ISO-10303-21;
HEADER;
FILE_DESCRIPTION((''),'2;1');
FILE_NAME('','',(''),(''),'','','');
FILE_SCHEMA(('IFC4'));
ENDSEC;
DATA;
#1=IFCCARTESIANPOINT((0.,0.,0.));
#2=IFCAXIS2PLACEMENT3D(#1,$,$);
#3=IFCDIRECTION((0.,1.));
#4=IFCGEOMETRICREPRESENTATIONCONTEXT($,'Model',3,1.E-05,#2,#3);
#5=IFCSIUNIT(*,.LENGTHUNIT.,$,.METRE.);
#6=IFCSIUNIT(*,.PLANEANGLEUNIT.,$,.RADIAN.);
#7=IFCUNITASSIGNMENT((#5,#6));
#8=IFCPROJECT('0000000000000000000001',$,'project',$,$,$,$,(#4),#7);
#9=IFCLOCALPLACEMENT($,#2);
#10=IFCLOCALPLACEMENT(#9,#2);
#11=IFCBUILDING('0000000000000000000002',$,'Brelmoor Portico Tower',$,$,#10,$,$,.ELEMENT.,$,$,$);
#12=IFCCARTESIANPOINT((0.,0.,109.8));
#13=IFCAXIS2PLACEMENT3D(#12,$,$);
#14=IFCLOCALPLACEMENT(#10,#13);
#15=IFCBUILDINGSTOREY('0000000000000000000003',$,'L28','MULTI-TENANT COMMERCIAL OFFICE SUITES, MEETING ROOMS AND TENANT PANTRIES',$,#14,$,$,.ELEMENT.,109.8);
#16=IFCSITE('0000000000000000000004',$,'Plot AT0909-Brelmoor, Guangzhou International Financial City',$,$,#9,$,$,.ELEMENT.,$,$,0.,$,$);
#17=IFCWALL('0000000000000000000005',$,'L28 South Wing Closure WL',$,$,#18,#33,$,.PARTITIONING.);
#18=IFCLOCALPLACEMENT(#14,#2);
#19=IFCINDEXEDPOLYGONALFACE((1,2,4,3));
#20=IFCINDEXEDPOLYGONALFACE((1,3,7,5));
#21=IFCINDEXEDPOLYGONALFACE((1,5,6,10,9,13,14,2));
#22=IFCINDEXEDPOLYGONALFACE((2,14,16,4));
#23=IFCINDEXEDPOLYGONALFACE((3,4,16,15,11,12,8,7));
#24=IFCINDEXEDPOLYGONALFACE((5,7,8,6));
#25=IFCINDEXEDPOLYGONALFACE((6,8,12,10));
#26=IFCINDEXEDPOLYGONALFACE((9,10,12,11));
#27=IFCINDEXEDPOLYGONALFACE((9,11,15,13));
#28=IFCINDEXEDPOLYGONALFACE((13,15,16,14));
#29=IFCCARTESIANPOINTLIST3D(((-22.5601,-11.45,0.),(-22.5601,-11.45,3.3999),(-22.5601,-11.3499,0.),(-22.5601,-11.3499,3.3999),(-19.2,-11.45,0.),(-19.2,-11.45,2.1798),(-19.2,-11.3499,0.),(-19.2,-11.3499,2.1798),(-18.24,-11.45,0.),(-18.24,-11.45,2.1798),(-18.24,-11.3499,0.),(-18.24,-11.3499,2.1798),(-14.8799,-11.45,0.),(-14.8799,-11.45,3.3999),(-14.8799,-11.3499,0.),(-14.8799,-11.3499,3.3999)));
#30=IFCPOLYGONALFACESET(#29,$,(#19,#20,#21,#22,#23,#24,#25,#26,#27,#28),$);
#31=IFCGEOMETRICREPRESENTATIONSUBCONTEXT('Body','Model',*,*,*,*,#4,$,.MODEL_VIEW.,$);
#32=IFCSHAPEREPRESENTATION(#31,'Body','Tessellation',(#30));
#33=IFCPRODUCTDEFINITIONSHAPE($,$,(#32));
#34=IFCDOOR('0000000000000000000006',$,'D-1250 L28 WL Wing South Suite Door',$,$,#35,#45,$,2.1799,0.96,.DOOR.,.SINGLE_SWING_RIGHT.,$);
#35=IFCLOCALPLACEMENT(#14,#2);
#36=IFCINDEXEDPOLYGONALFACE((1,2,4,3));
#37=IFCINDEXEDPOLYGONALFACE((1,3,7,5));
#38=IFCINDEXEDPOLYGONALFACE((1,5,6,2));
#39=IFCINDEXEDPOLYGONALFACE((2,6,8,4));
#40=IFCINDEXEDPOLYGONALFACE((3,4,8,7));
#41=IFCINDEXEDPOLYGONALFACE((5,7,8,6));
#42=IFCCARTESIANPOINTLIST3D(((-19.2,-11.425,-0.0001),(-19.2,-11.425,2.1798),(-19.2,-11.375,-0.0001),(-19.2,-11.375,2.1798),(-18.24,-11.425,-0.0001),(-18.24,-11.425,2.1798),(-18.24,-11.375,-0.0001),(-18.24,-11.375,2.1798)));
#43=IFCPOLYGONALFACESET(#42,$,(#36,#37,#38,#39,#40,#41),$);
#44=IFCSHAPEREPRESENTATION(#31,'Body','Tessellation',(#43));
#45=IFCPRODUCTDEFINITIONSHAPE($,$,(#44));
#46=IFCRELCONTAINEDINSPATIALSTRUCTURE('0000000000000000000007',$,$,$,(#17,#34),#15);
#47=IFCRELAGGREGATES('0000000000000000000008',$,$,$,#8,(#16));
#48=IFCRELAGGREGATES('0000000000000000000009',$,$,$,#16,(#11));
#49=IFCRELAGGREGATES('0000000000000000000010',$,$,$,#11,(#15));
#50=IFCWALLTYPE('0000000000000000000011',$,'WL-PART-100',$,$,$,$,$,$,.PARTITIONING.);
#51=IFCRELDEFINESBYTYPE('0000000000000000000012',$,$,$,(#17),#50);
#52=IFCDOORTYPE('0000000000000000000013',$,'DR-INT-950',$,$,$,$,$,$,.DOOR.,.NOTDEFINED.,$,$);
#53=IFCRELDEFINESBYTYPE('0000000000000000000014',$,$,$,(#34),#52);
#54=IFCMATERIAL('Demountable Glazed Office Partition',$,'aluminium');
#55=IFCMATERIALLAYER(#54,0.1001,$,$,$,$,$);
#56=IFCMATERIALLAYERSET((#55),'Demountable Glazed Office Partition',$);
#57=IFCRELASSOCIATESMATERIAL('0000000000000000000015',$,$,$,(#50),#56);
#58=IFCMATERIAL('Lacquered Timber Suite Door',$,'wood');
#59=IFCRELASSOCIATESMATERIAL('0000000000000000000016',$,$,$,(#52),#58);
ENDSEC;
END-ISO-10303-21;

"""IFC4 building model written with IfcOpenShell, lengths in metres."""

from ifc_helpers import new_model, si_unit, direction, frame, frame_2d, origin, place, context, subcontext, project, spatial, rectangle, extrude, material, layer, layer_set, type_object, element, fill, save


model = new_model("IFC4")

# Units and contexts
model_context = context("Model", 3, precision=1e-05, world=origin(), true_north=direction((0.0, 1.0)))
body_context = subcontext(model_context, "Body", "Model", "MODEL_VIEW")
ifc_project = project(units=[si_unit("LENGTHUNIT", "METRE"), si_unit("PLANEANGLEUNIT", "RADIAN")], contexts=[model_context])

# Site, building, storey
site_placement = place(None, origin())
site = spatial("IfcSite", under=ifc_project, at=site_placement, Name="Plot AT0909-Brelmoor, Guangzhou International Financial City", CompositionType="ELEMENT", RefElevation=0.0)
building_placement = place(site_placement, origin())
building = spatial("IfcBuilding", under=site, at=building_placement, Name="Brelmoor Portico Tower", CompositionType="ELEMENT")
storey_placement = place(building_placement, frame((0.0, 0.0, 109.8)))
storey = spatial("IfcBuildingStorey", under=building, at=storey_placement, Name="L28", Description="MULTI-TENANT COMMERCIAL OFFICE SUITES, MEETING ROOMS AND TENANT PANTRIES", CompositionType="ELEMENT", Elevation=109.8)

# Wall, opening, door
ifc_material_1 = material(Name="Demountable Glazed Office Partition", Category="aluminium")
ifc_layer_1 = layer(ifc_material_1, 0.1001)
ifc_layer_set_1 = layer_set([ifc_layer_1], Name="Demountable Glazed Office Partition")
wall_type_1 = type_object("IfcWallType", Name="WL-PART-100", PredefinedType="PARTITIONING", material=ifc_layer_set_1)
wall_1_placement = place(storey_placement, frame((-22.5601, -11.3999, 0.0), z_axis=(0.0, 0.0, 1.0), x_axis=(1.0, 0.0, 0.0)))
wall_1 = element("IfcWall", 1, at=wall_1_placement, inside=storey, type_object=wall_type_1, Name="L28 South Wing Closure WL", PredefinedType="PARTITIONING", context=body_context, shape_type="SweptSolid", body=[
    extrude(rectangle(XDim=7.6802, YDim=0.1001, at=frame_2d((3.8401, 0.0))), origin(), (0.0, 0.0, 1.0), 3.3999),
])
opening_1_placement = place(wall_1_placement, frame((3.3601, 0.0, 0.0)))
opening_1 = element("IfcOpeningElement", 2, at=opening_1_placement, cuts=wall_1, PredefinedType="OPENING", context=body_context, shape_type="SweptSolid", body=[
    extrude(rectangle(XDim=0.96, YDim=2.1799, at=frame_2d((0.48, 1.0898))), frame((0.0, 0.0601, 0.0), z_axis=(0.0, -1.0, 0.0), x_axis=(1.0, 0.0, 0.0)), (0.0, 0.0, 1.0), 0.1201),
])
ifc_material_2 = material(Name="Lacquered Timber Suite Door", Category="wood")
door_type_1 = type_object("IfcDoorType", Name="DR-INT-950", OperationType="NOTDEFINED", PredefinedType="DOOR", material=ifc_material_2)
door_1_placement = place(opening_1_placement, origin())
door_1 = element("IfcDoor", 3, at=door_1_placement, inside=storey, type_object=door_type_1, Name="D-1250 L28 WL Wing South Suite Door", OperationType="SINGLE_SWING_RIGHT", OverallHeight=2.1799, OverallWidth=0.96, PredefinedType="DOOR", context=body_context, shape_type="SweptSolid", body=[
    extrude(rectangle(XDim=0.96, YDim=2.1799, at=frame_2d((0.48, 1.0898))), frame((0.0, 0.0249, 0.0), z_axis=(0.0, -1.0, 0.0), x_axis=(1.0, 0.0, 0.0)), (0.0, 0.0, 1.0), 0.05),
])
fill(opening_1, door_1)

save(model, "model.ifc")
